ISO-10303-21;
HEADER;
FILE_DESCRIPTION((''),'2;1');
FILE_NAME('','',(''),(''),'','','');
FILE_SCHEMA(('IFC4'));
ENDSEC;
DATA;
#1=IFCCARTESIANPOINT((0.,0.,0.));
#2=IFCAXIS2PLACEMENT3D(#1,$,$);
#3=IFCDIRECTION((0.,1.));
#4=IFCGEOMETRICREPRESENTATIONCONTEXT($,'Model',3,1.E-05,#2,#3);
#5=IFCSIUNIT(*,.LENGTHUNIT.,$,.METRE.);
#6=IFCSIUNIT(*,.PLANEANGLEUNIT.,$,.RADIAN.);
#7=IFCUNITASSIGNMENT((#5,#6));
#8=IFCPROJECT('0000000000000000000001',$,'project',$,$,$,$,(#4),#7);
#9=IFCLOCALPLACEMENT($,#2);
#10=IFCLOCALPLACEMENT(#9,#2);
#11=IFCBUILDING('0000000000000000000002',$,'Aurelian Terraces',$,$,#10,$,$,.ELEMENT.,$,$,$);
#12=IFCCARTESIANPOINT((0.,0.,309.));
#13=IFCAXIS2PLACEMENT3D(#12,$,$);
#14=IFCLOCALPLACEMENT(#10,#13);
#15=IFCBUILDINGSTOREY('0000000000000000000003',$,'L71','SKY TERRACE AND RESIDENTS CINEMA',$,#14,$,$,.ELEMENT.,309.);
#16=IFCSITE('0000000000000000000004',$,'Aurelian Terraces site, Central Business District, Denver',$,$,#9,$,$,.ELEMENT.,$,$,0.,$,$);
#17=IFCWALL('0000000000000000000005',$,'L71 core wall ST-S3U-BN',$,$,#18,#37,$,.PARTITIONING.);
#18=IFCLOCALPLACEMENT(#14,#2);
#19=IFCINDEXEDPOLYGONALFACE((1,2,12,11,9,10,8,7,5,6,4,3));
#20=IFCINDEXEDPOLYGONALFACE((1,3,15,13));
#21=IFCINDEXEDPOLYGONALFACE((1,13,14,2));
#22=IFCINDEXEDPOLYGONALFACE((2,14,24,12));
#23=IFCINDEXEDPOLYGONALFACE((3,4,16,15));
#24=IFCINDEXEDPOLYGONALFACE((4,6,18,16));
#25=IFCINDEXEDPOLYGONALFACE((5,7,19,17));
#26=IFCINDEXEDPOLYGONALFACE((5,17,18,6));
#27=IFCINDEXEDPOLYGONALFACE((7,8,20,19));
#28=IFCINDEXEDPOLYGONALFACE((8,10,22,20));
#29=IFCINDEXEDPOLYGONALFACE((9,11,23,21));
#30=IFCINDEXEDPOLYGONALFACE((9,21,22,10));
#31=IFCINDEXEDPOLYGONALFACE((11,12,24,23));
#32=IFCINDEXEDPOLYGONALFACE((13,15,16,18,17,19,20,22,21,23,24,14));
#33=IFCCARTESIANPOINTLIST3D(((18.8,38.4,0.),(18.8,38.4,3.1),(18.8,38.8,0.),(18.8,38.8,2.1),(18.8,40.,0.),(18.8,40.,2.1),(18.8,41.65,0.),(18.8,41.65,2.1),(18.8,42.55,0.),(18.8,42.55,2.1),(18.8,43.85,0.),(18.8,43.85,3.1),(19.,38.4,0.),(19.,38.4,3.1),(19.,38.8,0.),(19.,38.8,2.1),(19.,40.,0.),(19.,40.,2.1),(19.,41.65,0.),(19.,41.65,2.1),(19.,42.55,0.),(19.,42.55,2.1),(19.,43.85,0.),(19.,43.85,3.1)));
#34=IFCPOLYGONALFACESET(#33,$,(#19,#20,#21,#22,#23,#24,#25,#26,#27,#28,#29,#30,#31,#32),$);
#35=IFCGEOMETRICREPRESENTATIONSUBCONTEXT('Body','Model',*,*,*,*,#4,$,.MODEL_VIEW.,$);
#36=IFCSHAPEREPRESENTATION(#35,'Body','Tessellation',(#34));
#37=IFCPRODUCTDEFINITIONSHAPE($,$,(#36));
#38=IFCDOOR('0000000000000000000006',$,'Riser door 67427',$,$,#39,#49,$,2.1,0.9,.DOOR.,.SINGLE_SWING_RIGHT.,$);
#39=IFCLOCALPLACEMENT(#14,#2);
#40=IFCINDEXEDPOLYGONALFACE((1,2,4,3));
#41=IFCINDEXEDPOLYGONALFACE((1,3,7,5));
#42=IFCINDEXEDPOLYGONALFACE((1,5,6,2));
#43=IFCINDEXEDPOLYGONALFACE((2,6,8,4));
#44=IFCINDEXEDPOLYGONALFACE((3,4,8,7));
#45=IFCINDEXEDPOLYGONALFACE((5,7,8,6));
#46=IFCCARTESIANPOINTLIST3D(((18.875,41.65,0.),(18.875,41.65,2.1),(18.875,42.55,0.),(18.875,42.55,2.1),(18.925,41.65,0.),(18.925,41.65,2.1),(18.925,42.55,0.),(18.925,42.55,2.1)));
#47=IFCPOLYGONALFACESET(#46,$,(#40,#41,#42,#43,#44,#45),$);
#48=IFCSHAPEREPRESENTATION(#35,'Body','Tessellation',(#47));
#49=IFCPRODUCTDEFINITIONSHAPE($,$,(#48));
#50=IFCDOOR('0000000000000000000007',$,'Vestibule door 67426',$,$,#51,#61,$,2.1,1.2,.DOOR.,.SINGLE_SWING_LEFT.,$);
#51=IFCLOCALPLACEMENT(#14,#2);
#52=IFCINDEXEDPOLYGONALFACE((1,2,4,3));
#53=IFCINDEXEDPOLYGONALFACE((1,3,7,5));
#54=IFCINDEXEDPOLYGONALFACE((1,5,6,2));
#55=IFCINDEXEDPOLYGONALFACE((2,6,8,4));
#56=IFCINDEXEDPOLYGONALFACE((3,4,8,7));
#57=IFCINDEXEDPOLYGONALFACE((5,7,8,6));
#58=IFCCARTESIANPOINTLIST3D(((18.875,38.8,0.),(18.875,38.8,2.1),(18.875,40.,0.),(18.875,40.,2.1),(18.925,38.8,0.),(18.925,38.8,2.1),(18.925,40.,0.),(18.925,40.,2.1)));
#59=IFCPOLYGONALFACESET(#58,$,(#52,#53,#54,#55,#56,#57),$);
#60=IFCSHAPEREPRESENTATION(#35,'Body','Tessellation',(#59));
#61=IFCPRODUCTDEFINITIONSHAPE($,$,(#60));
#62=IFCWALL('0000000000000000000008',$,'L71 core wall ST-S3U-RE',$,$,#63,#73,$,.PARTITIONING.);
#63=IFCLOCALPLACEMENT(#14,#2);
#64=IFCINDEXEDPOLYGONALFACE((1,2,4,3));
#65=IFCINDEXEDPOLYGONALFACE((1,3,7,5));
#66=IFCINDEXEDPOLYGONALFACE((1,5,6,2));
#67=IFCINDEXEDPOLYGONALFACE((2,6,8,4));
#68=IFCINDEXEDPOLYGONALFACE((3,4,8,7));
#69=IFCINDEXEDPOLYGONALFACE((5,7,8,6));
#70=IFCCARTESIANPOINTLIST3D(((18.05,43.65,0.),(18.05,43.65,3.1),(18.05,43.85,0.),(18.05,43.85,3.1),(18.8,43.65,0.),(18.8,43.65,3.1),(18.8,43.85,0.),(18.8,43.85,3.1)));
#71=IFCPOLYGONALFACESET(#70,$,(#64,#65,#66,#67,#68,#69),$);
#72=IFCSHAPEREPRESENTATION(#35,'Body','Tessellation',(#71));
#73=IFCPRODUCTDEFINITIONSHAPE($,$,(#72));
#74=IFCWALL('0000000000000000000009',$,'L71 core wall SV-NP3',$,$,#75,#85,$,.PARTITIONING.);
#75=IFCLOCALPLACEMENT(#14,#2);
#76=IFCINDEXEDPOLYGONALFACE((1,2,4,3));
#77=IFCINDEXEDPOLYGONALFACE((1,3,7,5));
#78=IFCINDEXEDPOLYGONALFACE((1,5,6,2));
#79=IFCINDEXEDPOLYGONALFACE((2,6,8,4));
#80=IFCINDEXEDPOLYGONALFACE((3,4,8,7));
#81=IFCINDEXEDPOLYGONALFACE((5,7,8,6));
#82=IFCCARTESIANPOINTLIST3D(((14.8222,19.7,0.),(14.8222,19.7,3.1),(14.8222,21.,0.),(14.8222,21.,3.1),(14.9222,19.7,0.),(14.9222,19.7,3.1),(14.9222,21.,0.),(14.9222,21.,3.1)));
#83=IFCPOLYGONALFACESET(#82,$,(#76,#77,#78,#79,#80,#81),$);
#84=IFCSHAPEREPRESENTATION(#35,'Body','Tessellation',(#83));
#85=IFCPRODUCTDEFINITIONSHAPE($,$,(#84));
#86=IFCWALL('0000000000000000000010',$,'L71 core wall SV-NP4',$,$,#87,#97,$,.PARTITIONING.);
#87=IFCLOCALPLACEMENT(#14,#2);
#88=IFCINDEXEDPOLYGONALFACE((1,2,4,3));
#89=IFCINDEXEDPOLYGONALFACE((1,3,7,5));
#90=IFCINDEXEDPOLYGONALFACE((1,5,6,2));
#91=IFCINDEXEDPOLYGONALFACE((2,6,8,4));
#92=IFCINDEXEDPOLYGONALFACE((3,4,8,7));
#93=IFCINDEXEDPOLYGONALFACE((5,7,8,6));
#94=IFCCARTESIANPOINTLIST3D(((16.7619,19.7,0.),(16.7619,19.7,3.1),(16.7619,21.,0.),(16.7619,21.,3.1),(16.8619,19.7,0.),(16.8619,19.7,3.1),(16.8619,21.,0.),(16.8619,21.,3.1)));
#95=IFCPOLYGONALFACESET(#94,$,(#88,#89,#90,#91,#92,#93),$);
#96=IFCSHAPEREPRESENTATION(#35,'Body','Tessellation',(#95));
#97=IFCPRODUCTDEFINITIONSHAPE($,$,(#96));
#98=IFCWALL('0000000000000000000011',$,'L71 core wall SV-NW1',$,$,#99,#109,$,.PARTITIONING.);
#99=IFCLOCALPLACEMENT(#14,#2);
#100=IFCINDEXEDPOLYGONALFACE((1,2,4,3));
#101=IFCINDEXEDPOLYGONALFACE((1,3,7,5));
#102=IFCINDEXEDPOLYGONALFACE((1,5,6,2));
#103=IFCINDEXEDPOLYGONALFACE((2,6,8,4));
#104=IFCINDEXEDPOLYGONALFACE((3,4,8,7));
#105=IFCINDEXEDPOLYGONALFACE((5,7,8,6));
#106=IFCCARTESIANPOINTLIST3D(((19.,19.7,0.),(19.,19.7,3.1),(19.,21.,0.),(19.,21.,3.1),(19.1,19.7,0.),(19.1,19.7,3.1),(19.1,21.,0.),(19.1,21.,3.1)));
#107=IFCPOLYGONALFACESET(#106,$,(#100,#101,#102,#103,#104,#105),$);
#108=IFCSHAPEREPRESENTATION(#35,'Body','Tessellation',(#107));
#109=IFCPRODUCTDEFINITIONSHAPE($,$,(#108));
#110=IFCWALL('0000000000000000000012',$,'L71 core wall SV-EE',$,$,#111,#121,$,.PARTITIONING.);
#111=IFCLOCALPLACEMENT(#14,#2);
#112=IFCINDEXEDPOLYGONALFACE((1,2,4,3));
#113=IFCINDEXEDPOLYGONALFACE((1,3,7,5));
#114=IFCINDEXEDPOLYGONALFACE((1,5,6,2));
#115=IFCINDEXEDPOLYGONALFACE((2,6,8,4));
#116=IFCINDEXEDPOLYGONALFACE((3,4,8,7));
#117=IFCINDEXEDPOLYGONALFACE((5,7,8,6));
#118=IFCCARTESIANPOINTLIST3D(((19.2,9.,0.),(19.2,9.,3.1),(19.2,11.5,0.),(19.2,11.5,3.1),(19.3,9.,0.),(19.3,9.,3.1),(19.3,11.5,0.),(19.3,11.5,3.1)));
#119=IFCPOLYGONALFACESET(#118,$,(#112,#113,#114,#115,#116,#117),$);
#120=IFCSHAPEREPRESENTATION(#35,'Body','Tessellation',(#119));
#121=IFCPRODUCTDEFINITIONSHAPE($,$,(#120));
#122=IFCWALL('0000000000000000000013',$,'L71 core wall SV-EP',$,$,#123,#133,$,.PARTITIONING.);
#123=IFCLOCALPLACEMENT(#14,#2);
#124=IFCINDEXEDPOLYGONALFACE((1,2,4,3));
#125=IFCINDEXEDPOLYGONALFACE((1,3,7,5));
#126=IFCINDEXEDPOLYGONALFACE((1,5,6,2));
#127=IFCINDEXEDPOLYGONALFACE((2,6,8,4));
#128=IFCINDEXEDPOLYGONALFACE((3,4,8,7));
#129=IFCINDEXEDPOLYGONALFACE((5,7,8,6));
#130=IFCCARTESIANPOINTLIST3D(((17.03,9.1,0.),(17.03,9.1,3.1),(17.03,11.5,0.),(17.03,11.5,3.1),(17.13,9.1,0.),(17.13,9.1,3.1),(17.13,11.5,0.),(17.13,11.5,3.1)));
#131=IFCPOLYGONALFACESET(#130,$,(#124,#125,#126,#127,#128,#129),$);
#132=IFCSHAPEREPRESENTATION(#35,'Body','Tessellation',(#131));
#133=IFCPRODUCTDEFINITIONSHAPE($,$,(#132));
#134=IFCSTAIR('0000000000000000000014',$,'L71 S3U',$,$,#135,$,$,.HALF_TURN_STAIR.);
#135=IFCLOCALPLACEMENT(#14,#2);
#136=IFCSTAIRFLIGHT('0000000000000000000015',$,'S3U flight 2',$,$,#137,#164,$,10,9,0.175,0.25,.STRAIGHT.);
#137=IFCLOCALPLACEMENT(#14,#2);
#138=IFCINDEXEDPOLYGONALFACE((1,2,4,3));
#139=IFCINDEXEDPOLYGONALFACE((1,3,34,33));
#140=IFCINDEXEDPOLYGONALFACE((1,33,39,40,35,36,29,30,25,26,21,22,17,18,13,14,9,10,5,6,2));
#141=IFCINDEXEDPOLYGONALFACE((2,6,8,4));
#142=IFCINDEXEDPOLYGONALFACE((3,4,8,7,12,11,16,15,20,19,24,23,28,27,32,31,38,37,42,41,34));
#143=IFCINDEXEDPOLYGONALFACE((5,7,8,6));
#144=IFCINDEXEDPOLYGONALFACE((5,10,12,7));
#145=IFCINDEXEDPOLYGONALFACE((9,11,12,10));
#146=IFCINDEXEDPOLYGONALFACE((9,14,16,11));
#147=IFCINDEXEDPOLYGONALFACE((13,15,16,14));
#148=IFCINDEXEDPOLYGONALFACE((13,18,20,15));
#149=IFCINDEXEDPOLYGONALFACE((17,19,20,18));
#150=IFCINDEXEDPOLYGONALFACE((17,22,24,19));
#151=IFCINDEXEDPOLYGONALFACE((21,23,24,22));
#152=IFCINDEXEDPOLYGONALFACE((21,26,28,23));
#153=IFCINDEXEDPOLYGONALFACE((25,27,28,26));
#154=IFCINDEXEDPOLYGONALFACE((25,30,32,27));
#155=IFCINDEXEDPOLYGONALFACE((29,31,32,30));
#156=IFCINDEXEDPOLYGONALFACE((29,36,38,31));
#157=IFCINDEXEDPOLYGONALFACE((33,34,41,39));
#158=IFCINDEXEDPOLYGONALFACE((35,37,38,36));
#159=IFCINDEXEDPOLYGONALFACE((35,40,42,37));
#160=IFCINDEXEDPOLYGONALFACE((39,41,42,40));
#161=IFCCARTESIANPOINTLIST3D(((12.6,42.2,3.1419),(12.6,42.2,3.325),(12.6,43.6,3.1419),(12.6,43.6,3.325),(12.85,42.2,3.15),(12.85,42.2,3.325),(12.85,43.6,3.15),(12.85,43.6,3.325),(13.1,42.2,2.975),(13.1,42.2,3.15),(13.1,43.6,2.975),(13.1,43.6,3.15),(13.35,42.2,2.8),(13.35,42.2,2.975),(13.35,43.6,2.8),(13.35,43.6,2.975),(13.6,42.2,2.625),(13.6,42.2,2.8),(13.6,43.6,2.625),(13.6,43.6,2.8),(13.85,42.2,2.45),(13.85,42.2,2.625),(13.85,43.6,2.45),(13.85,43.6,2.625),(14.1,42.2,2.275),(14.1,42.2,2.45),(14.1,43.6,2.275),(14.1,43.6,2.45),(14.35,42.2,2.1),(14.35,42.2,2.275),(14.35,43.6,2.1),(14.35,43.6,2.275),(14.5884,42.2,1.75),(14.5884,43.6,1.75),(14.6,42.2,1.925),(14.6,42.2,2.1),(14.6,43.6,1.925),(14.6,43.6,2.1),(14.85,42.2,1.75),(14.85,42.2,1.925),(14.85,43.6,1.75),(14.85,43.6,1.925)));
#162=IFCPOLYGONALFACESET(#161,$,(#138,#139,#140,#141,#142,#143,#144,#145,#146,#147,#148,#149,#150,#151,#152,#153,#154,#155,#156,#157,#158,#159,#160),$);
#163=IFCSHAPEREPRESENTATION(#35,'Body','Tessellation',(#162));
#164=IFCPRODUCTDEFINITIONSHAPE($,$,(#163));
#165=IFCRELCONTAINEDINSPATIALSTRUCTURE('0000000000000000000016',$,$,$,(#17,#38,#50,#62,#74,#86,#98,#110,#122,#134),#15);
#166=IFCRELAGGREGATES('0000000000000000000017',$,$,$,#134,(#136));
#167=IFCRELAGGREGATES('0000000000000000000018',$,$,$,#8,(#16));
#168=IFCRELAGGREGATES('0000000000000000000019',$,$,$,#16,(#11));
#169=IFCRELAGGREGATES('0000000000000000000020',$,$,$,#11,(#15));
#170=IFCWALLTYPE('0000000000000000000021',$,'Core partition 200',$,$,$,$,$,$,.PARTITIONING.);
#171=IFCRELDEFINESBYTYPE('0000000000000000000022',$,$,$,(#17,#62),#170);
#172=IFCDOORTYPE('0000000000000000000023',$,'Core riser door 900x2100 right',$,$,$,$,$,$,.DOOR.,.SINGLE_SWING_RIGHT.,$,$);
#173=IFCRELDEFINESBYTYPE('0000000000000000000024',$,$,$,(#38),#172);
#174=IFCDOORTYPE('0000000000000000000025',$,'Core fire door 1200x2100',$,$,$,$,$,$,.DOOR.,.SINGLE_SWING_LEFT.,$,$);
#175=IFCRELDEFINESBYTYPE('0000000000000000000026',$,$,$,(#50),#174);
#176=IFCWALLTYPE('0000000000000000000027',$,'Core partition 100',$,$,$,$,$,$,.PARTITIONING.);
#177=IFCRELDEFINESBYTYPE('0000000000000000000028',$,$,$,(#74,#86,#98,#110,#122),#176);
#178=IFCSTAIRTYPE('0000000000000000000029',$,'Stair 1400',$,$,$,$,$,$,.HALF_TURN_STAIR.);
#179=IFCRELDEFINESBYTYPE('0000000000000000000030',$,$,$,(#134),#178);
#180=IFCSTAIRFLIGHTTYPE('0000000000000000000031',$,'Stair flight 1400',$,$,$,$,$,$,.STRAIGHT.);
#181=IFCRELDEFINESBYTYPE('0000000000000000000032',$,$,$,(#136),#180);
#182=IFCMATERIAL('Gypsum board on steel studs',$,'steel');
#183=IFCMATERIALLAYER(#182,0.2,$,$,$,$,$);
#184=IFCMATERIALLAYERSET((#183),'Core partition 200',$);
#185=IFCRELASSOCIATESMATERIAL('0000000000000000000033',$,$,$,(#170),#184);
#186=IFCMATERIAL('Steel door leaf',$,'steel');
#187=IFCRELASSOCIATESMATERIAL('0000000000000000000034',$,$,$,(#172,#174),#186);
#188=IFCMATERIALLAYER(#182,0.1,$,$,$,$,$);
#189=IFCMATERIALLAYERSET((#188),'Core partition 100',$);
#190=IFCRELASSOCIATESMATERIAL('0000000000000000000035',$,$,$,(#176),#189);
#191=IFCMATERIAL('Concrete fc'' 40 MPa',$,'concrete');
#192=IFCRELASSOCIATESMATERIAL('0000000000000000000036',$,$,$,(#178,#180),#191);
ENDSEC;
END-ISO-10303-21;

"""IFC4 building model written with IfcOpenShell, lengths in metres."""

from ifc_helpers import new_model, si_unit, direction, frame, frame_2d, origin, place, context, subcontext, project, spatial, polyline, rectangle, outline, extrude, source, transform, mapped, material, layer, layer_set, type_object, element, fill, aggregate, save


model = new_model("IFC4")

# Units and contexts
model_context = context("Model", 3, precision=1e-05, world=origin(), true_north=direction((0.0, 1.0)))
body_context = subcontext(model_context, "Body", "Model", "MODEL_VIEW")
ifc_project = project(units=[si_unit("LENGTHUNIT", "METRE"), si_unit("PLANEANGLEUNIT", "RADIAN")], contexts=[model_context])

# Site, building, storey
site_placement = place(None, origin())
site = spatial("IfcSite", under=ifc_project, at=site_placement, Name="Aurelian Terraces site, Central Business District, Denver", CompositionType="ELEMENT", RefElevation=0.0)
building_placement = place(site_placement, origin())
building = spatial("IfcBuilding", under=site, at=building_placement, Name="Aurelian Terraces", CompositionType="ELEMENT")
storey_placement = place(building_placement, frame((0.0, 0.0, 309.0)))
storey = spatial("IfcBuildingStorey", under=building, at=storey_placement, Name="L71", Description="SKY TERRACE AND RESIDENTS CINEMA", CompositionType="ELEMENT", Elevation=309.0)

# Shared definitions
ifc_material_1 = material(Name="Concrete fc' 40 MPa", Category="concrete")
ifc_material_2 = material(Name="Gypsum board on steel studs", Category="steel")
ifc_layer_1 = layer(ifc_material_2, 0.2)
ifc_layer_set_1 = layer_set([ifc_layer_1], Name="Core partition 200")
wall_type_1 = type_object("IfcWallType", Name="Core partition 200", PredefinedType="PARTITIONING", material=ifc_layer_set_1)

# Wall, openings, doors
shared_shape_1 = source(origin(), body_context, "Body", "SweptSolid", [
    extrude(rectangle(XDim=5.45, YDim=0.2, at=frame_2d((2.725, 0.0))), origin(), (0.0, 0.0, 1.0), 3.1),
])
wall_1_placement = place(storey_placement, frame((18.9, 38.4, 0.0), z_axis=(0.0, 0.0, 1.0), x_axis=(0.0, 1.0, 0.0)))
wall_1 = element("IfcWall", 1, at=wall_1_placement, inside=storey, type_object=wall_type_1, Name="L71 core wall ST-S3U-BN", PredefinedType="PARTITIONING", context=body_context, shape_type="MappedRepresentation", body=[
    mapped(shared_shape_1, transform((0.0, 0.0, 0.0), scale=1.0)),
])
shared_shape_2 = source(origin(), body_context, "Body", "SweptSolid", [
    extrude(rectangle(XDim=1.2, YDim=2.1, at=frame_2d((0.6, 1.05))), frame((0.0, 0.11, 0.0), z_axis=(0.0, -1.0, 0.0), x_axis=(1.0, 0.0, 0.0)), (0.0, 0.0, 1.0), 0.22),
])
opening_1_placement = place(wall_1_placement, frame((0.4, 0.0, 0.0)))
opening_1 = element("IfcOpeningElement", 2, at=opening_1_placement, cuts=wall_1, PredefinedType="OPENING", context=body_context, shape_type="MappedRepresentation", body=[
    mapped(shared_shape_2, transform((0.0, 0.0, 0.0), scale=1.0)),
])
shared_shape_3 = source(origin(), body_context, "Body", "SweptSolid", [
    extrude(rectangle(XDim=0.9, YDim=2.1, at=frame_2d((0.45, 1.05))), frame((0.0, 0.11, 0.0), z_axis=(0.0, -1.0, 0.0), x_axis=(1.0, 0.0, 0.0)), (0.0, 0.0, 1.0), 0.22),
])
opening_2_placement = place(wall_1_placement, frame((3.25, 0.0, 0.0)))
opening_2 = element("IfcOpeningElement", 3, at=opening_2_placement, cuts=wall_1, PredefinedType="OPENING", context=body_context, shape_type="MappedRepresentation", body=[
    mapped(shared_shape_3, transform((0.0, 0.0, 0.0), scale=1.0)),
])
ifc_material_3 = material(Name="Steel door leaf", Category="steel")
door_type_1 = type_object("IfcDoorType", Name="Core riser door 900x2100 right", OperationType="SINGLE_SWING_RIGHT", PredefinedType="DOOR", material=ifc_material_3)
shared_shape_4 = source(origin(), body_context, "Body", "SweptSolid", [
    extrude(rectangle(XDim=0.9, YDim=2.1, at=frame_2d((0.45, 1.05))), frame((0.0, 0.025, 0.0), z_axis=(0.0, -1.0, 0.0), x_axis=(1.0, 0.0, 0.0)), (0.0, 0.0, 1.0), 0.05),
])
door_1_placement = place(opening_2_placement, origin())
door_1 = element("IfcDoor", 4, at=door_1_placement, inside=storey, type_object=door_type_1, Name="Riser door 67427", OperationType="SINGLE_SWING_RIGHT", OverallHeight=2.1, OverallWidth=0.9, PredefinedType="DOOR", context=body_context, shape_type="MappedRepresentation", body=[
    mapped(shared_shape_4, transform((0.0, 0.0, 0.0), scale=1.0)),
])
fill(opening_2, door_1)
door_type_2 = type_object("IfcDoorType", Name="Core fire door 1200x2100", OperationType="SINGLE_SWING_LEFT", PredefinedType="DOOR", material=ifc_material_3)
shared_shape_5 = source(origin(), body_context, "Body", "SweptSolid", [
    extrude(rectangle(XDim=1.2, YDim=2.1, at=frame_2d((0.6, 1.05))), frame((0.0, 0.025, 0.0), z_axis=(0.0, -1.0, 0.0), x_axis=(1.0, 0.0, 0.0)), (0.0, 0.0, 1.0), 0.05),
])
door_2_placement = place(opening_1_placement, origin())
door_2 = element("IfcDoor", 5, at=door_2_placement, inside=storey, type_object=door_type_2, Name="Vestibule door 67426", OperationType="SINGLE_SWING_LEFT", OverallHeight=2.1, OverallWidth=1.2, PredefinedType="DOOR", context=body_context, shape_type="MappedRepresentation", body=[
    mapped(shared_shape_5, transform((0.0, 0.0, 0.0), scale=1.0)),
])
fill(opening_1, door_2)

# Walls
shared_shape_6 = source(origin(), body_context, "Body", "SweptSolid", [
    extrude(rectangle(XDim=0.75, YDim=0.2, at=frame_2d((0.375, 0.0))), origin(), (0.0, 0.0, 1.0), 3.1),
])
wall_2_placement = place(storey_placement, frame((18.05, 43.75, 0.0), z_axis=(0.0, 0.0, 1.0), x_axis=(1.0, 0.0, 0.0)))
element("IfcWall", 6, at=wall_2_placement, inside=storey, type_object=wall_type_1, Name="L71 core wall ST-S3U-RE", PredefinedType="PARTITIONING", context=body_context, shape_type="MappedRepresentation", body=[
    mapped(shared_shape_6, transform((0.0, 0.0, 0.0), scale=1.0)),
])
ifc_layer_2 = layer(ifc_material_2, 0.1)
ifc_layer_set_2 = layer_set([ifc_layer_2], Name="Core partition 100")
wall_type_2 = type_object("IfcWallType", Name="Core partition 100", PredefinedType="PARTITIONING", material=ifc_layer_set_2)
shared_shape_7 = source(origin(), body_context, "Body", "SweptSolid", [
    extrude(rectangle(XDim=1.3, YDim=0.1, at=frame_2d((0.65, 0.0))), origin(), (0.0, 0.0, 1.0), 3.1),
])
for number, where, z_axis, x_axis, name in (
    (7, (14.8722, 19.7, 0.0), (0.0, 0.0, 1.0), (0.0, 1.0, 0.0), "L71 core wall SV-NP3"),
    (8, (16.8119, 19.7, 0.0), (0.0, 0.0, 1.0), (0.0, 1.0, 0.0), "L71 core wall SV-NP4"),
    (9, (19.05, 19.7, 0.0), (0.0, 0.0, 1.0), (0.0, 1.0, 0.0), "L71 core wall SV-NW1"),
):
    element("IfcWall", number, at=place(storey_placement, frame(where, z_axis=z_axis, x_axis=x_axis)), inside=storey, type_object=wall_type_2, Name=name, PredefinedType="PARTITIONING", context=body_context, shape_type="MappedRepresentation", body=[
        mapped(shared_shape_7, transform((0.0, 0.0, 0.0), scale=1.0)),
    ])
shared_shape_8 = source(origin(), body_context, "Body", "SweptSolid", [
    extrude(rectangle(XDim=2.5, YDim=0.1, at=frame_2d((1.25, 0.0))), origin(), (0.0, 0.0, 1.0), 3.1),
])
wall_3_placement = place(storey_placement, frame((19.25, 9.0, 0.0), z_axis=(0.0, 0.0, 1.0), x_axis=(0.0, 1.0, 0.0)))
element("IfcWall", 10, at=wall_3_placement, inside=storey, type_object=wall_type_2, Name="L71 core wall SV-EE", PredefinedType="PARTITIONING", context=body_context, shape_type="MappedRepresentation", body=[
    mapped(shared_shape_8, transform((0.0, 0.0, 0.0), scale=1.0)),
])
shared_shape_9 = source(origin(), body_context, "Body", "SweptSolid", [
    extrude(rectangle(XDim=2.4, YDim=0.1, at=frame_2d((1.2, 0.0))), origin(), (0.0, 0.0, 1.0), 3.1),
])
wall_4_placement = place(storey_placement, frame((17.08, 9.1, 0.0), z_axis=(0.0, 0.0, 1.0), x_axis=(0.0, 1.0, 0.0)))
element("IfcWall", 11, at=wall_4_placement, inside=storey, type_object=wall_type_2, Name="L71 core wall SV-EP", PredefinedType="PARTITIONING", context=body_context, shape_type="MappedRepresentation", body=[
    mapped(shared_shape_9, transform((0.0, 0.0, 0.0), scale=1.0)),
])

# Stair, stair flight
stair_type = type_object("IfcStairType", Name="Stair 1400", PredefinedType="HALF_TURN_STAIR", material=ifc_material_1)
stair_placement = place(storey_placement, origin())
stair = element("IfcStair", 12, at=stair_placement, inside=storey, type_object=stair_type, Name="L71 S3U", PredefinedType="HALF_TURN_STAIR")
stair_flight_type = type_object("IfcStairFlightType", Name="Stair flight 1400", PredefinedType="STRAIGHT", material=ifc_material_1)
shared_shape_10 = source(origin(), body_context, "Body", "SweptSolid", [
    extrude(outline(polyline([(0.0, 0.0), (0.0, 0.175), (0.25, 0.175), (0.25, 0.35), (0.5, 0.35), (0.5, 0.525), (0.75, 0.525), (0.75, 0.7), (1.0, 0.7), (1.0, 0.875), (1.25, 0.875), (1.25, 1.05), (1.5, 1.05), (1.5, 1.225), (1.75, 1.225), (1.75, 1.4), (2.0, 1.4), (2.0, 1.575), (2.25, 1.575), (2.25, 1.75), (2.25, 1.3919), (0.2616, 0.0), (0.0, 0.0)])), frame((0.0, 0.7, 0.0), z_axis=(0.0, -1.0, 0.0), x_axis=(1.0, 0.0, 0.0)), (0.0, 0.0, 1.0), 1.4),
])
stair_flight_placement = place(storey_placement, frame((14.85, 42.9, 1.75), z_axis=(0.0, 0.0, 1.0), x_axis=(-1.0, 0.0, 0.0)))
stair_flight = element("IfcStairFlight", 13, at=stair_flight_placement, type_object=stair_flight_type, Name="S3U flight 2", NumberOfRisers=10, NumberOfTreads=9, PredefinedType="STRAIGHT", RiserHeight=0.175, TreadLength=0.25, context=body_context, shape_type="MappedRepresentation", body=[
    mapped(shared_shape_10, transform((0.0, 0.0, 0.0), scale=1.0)),
])
aggregate(stair, [stair_flight])

save(model, "model.ifc")
